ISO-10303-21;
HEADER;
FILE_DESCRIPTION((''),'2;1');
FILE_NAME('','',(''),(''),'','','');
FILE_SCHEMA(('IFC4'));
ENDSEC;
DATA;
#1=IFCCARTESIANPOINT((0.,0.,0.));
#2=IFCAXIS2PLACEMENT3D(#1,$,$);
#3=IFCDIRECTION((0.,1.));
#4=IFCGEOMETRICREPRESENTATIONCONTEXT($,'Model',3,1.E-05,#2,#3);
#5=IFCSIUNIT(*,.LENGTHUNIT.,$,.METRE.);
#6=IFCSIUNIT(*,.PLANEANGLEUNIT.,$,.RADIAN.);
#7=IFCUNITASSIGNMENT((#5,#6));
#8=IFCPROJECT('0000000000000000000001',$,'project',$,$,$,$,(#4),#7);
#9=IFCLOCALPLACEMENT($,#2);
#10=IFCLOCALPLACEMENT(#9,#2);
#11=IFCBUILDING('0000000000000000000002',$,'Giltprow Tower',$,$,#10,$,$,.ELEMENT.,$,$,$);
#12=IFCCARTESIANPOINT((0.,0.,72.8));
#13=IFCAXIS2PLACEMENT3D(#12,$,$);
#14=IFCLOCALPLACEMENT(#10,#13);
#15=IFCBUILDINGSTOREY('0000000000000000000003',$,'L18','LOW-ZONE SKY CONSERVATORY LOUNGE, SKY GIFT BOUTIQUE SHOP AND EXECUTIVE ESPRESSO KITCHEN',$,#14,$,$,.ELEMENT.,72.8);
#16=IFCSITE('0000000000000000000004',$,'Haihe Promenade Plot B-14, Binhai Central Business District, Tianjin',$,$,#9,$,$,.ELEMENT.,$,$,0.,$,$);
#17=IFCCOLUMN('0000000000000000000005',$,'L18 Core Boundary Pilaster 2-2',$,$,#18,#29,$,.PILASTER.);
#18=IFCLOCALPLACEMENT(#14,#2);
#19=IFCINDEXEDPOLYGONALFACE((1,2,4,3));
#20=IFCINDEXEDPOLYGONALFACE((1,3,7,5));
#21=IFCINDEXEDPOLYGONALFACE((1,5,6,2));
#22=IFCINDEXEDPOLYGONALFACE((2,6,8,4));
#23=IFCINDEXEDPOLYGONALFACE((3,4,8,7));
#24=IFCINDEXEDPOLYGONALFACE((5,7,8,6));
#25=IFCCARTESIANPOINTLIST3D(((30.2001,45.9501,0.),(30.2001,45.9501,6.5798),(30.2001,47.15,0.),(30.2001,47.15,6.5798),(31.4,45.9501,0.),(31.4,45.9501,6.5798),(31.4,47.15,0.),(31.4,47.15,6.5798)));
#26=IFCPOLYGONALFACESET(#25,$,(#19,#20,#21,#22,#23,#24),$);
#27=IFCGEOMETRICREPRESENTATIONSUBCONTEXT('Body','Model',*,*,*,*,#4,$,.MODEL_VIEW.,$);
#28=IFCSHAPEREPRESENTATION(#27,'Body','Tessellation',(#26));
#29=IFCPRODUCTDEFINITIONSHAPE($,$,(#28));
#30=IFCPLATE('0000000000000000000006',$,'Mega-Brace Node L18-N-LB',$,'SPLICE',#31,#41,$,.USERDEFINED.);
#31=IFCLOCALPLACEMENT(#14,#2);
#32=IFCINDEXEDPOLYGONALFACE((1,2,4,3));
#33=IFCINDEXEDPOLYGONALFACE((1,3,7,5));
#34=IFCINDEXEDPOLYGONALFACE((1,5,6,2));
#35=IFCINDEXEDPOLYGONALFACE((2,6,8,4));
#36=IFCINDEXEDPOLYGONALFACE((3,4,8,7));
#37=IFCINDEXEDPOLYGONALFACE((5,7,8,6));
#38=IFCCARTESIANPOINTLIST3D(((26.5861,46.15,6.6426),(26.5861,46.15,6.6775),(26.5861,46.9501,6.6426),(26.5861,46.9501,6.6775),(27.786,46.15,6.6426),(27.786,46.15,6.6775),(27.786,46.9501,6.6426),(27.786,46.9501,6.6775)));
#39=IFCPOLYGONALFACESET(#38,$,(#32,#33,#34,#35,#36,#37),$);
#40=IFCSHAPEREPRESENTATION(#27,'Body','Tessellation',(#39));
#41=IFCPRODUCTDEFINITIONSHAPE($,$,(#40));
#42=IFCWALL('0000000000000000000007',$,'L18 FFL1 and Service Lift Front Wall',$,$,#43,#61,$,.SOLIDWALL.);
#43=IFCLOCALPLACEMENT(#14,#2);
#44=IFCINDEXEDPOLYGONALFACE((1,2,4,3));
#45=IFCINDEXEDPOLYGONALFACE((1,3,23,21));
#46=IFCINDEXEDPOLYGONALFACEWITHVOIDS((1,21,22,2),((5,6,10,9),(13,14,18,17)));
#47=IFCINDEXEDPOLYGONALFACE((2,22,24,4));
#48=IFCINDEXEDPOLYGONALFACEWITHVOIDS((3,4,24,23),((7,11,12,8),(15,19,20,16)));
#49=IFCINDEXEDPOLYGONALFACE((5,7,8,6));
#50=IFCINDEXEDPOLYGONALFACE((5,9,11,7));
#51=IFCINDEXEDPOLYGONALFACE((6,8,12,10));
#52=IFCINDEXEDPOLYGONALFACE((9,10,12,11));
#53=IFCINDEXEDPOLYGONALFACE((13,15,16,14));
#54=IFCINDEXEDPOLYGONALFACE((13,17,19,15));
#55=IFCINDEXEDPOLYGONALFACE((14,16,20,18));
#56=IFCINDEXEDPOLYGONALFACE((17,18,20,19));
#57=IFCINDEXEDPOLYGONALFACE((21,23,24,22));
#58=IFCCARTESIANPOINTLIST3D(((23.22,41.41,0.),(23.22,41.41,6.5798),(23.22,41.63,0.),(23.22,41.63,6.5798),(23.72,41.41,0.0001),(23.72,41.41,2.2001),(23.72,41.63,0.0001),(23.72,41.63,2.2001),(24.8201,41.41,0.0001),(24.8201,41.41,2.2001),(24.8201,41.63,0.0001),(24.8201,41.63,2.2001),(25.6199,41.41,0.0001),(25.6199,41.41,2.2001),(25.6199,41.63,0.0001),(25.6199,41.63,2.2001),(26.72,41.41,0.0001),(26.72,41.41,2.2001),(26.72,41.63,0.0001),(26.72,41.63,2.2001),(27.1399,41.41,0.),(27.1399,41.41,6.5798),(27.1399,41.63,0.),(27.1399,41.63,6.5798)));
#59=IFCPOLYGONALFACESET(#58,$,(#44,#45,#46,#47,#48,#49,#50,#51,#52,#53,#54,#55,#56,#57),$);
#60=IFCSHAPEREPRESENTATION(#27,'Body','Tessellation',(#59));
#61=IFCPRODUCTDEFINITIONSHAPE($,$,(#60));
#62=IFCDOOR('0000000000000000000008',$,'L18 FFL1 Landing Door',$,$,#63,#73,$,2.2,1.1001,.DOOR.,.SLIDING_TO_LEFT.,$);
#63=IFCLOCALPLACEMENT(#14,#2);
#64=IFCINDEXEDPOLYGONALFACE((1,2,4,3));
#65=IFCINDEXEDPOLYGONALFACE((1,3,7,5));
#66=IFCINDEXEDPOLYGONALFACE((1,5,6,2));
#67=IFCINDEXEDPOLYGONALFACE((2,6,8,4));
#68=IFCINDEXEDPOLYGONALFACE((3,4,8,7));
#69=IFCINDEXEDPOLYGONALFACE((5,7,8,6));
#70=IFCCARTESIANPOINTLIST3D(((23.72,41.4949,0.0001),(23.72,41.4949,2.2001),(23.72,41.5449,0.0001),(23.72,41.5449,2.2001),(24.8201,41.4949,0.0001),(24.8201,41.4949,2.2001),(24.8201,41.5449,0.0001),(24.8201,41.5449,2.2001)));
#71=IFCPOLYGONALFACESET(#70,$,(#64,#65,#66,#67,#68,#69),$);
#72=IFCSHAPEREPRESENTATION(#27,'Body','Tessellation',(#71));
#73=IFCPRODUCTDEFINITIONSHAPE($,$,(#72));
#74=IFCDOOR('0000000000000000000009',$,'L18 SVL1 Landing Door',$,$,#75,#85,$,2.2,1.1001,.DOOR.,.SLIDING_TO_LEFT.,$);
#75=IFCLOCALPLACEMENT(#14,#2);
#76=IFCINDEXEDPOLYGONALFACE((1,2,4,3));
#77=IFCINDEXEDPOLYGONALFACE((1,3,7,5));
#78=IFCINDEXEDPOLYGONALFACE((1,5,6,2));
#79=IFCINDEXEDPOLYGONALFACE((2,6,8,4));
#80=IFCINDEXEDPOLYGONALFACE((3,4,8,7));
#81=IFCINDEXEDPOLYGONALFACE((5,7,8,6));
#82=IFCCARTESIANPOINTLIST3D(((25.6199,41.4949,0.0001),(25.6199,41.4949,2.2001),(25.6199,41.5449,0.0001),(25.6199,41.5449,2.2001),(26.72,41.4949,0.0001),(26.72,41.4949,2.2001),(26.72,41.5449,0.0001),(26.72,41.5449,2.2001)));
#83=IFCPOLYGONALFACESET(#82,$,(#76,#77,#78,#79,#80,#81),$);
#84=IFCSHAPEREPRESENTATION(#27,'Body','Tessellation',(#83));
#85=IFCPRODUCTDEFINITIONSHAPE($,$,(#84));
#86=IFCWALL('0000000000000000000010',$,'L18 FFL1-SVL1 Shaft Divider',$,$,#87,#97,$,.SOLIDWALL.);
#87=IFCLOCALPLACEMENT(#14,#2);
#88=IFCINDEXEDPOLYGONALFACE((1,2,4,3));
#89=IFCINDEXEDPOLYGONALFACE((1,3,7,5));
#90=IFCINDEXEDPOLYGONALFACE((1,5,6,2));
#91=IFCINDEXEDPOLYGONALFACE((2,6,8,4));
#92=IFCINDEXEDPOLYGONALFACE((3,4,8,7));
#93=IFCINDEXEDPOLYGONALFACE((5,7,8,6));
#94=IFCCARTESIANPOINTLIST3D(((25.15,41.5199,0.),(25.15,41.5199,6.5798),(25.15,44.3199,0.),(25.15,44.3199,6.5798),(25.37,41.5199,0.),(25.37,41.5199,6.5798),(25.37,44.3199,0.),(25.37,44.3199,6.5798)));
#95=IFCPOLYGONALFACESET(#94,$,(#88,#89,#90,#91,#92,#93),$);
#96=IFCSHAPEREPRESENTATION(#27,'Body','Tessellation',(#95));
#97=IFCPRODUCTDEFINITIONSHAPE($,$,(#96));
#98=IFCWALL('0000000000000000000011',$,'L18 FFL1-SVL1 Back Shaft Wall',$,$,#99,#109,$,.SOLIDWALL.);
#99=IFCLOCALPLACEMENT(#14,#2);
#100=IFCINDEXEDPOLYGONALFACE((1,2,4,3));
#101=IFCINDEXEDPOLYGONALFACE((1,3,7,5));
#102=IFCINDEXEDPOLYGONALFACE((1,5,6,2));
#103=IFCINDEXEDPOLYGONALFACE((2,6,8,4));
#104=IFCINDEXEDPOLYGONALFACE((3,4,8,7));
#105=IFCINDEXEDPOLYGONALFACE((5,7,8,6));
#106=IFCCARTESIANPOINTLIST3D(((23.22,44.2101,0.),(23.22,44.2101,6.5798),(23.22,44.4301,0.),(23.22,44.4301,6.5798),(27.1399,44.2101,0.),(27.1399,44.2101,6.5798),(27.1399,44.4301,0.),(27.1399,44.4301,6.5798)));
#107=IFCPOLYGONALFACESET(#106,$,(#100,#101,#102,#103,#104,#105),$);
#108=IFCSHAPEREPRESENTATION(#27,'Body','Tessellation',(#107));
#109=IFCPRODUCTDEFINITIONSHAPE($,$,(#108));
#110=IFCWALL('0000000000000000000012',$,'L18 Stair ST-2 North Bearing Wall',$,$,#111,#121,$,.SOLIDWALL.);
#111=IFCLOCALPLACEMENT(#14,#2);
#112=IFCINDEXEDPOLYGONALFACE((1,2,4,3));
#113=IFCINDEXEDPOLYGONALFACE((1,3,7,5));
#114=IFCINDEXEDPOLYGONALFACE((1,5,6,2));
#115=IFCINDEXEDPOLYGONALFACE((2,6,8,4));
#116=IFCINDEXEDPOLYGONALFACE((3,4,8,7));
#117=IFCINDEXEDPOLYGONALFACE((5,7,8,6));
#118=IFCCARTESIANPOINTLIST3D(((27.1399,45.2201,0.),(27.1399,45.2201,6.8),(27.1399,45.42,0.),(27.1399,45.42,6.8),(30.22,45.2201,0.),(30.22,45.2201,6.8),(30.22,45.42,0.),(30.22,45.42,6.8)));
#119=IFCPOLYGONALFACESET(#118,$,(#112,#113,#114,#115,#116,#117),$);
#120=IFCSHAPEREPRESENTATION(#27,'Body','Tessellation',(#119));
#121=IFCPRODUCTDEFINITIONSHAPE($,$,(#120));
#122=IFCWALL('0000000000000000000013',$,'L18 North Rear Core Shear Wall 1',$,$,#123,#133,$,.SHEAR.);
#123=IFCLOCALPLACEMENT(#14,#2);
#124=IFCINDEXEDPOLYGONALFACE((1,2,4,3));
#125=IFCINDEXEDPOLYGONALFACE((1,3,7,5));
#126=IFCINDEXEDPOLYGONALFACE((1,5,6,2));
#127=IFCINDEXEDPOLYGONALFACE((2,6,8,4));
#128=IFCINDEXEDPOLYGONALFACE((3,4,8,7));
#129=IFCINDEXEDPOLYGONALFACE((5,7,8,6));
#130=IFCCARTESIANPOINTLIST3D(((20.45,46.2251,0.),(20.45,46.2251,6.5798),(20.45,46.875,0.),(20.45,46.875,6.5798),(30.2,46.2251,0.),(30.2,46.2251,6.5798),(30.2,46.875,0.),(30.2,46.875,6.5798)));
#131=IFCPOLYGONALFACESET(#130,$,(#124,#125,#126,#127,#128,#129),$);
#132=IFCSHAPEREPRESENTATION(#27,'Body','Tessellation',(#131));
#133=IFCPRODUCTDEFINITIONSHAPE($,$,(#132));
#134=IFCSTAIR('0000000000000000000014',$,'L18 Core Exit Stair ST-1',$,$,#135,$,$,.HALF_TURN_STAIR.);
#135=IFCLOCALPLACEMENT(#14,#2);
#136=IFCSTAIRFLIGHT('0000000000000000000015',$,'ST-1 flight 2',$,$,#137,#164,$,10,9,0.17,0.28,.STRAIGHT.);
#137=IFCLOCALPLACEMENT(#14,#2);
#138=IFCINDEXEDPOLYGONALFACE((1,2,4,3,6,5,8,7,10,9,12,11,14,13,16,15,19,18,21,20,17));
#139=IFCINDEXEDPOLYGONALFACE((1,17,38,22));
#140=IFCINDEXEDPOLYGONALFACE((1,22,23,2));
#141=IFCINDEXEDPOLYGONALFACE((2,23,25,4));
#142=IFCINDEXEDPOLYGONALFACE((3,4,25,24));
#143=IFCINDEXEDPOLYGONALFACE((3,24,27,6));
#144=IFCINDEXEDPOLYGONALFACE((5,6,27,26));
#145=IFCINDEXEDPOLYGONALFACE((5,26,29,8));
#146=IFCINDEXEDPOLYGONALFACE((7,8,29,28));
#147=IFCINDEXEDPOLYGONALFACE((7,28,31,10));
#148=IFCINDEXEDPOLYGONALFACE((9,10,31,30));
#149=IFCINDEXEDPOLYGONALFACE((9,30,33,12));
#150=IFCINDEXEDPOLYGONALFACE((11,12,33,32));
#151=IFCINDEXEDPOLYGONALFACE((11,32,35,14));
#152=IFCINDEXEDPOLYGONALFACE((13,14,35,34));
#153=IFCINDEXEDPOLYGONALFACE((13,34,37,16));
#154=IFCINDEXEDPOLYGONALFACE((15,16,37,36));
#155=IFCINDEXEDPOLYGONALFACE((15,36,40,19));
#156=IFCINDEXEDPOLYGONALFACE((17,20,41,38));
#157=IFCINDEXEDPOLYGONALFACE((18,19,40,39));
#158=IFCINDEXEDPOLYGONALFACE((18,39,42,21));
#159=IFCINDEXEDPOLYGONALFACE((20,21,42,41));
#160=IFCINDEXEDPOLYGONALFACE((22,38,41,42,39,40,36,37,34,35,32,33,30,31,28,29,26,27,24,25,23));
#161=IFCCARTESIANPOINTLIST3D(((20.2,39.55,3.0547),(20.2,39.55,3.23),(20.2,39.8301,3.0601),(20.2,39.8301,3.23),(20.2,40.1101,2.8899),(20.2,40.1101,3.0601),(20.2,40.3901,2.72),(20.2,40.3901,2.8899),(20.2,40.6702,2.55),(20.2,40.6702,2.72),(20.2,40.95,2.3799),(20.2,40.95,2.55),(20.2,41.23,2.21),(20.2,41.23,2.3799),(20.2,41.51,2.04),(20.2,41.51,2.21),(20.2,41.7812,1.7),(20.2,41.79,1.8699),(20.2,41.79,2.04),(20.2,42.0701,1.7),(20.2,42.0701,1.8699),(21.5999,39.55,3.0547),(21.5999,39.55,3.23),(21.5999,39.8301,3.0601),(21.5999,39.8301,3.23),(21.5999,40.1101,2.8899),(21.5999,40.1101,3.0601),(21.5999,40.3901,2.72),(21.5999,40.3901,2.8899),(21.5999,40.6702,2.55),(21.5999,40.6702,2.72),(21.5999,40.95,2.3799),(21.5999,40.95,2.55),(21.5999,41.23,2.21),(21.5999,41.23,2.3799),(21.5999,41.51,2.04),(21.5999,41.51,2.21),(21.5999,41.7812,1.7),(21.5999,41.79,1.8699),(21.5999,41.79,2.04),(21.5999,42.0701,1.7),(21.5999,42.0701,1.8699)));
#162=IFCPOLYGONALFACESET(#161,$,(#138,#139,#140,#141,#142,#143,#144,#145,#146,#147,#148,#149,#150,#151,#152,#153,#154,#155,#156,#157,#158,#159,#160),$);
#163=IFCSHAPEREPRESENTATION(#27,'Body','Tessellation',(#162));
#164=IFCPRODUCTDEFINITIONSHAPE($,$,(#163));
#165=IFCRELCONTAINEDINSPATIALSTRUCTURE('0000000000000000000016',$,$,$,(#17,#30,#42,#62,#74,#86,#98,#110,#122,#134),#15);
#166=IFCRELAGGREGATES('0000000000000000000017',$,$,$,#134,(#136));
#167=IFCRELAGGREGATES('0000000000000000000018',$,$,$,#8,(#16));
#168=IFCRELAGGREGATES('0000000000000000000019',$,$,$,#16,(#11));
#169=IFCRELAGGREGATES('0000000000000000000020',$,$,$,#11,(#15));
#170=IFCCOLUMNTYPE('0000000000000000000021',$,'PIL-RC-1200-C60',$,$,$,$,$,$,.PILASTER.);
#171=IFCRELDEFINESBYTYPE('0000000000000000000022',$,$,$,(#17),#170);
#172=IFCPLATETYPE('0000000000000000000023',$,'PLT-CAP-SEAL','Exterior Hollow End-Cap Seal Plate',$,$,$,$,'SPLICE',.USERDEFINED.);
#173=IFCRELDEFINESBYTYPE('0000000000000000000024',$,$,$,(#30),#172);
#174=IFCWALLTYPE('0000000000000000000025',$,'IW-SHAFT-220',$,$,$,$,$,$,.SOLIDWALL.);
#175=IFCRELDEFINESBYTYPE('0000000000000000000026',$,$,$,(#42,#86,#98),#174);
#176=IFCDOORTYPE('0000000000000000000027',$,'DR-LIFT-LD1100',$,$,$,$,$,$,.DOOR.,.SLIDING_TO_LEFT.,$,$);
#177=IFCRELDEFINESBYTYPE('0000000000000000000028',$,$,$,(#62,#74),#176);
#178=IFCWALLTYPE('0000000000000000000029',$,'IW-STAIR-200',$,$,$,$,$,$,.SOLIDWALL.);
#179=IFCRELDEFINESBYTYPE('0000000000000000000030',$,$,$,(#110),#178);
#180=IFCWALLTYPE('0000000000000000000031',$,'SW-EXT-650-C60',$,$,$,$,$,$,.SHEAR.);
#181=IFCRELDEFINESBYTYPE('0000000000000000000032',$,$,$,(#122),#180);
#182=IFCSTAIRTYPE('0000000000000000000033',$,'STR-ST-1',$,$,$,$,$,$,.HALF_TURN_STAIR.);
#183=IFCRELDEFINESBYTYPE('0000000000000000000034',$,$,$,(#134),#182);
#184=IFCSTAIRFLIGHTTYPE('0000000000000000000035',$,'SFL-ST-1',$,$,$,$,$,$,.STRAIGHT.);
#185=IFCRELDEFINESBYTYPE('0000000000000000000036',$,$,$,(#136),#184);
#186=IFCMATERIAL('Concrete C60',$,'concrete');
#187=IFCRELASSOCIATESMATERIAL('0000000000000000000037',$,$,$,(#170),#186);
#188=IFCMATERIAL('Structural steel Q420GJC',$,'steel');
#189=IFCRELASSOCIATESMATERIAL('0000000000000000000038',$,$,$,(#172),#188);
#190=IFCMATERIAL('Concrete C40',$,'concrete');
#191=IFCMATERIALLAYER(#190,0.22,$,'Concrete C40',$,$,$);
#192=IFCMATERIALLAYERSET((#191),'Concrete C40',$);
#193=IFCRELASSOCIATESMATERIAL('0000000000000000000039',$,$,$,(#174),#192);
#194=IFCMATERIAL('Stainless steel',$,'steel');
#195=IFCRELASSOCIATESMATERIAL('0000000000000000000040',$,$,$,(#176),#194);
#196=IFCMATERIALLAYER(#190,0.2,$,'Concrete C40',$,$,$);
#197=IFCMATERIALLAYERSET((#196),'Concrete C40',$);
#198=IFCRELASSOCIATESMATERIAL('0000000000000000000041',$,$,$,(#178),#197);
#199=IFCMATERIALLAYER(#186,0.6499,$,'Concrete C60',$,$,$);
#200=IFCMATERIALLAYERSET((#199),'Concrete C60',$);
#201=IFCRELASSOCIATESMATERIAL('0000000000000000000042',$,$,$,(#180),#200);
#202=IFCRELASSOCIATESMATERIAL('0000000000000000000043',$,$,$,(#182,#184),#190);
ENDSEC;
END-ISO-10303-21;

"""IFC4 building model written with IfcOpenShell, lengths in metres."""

from ifc_helpers import new_model, si_unit, direction, frame, frame_2d, origin, origin_2d, place, context, subcontext, project, spatial, polyline, rectangle, outline, extrude, source, transform, mapped, material, layer, layer_set, material_profile, profile_set, type_object, element, fill, aggregate, save


model = new_model("IFC4")

# Units and contexts
model_context = context("Model", 3, precision=1e-05, world=origin(), true_north=direction((0.0, 1.0)))
body_context = subcontext(model_context, "Body", "Model", "MODEL_VIEW")
ifc_project = project(units=[si_unit("LENGTHUNIT", "METRE"), si_unit("PLANEANGLEUNIT", "RADIAN")], contexts=[model_context])

# Site, building, storey
site_placement = place(None, origin())
site = spatial("IfcSite", under=ifc_project, at=site_placement, Name="Haihe Promenade Plot B-14, Binhai Central Business District, Tianjin", CompositionType="ELEMENT", RefElevation=0.0)
building_placement = place(site_placement, origin())
building = spatial("IfcBuilding", under=site, at=building_placement, Name="Giltprow Tower", CompositionType="ELEMENT")
storey_placement = place(building_placement, frame((0.0, 0.0, 72.8)))
storey = spatial("IfcBuildingStorey", under=building, at=storey_placement, Name="L18", Description="LOW-ZONE SKY CONSERVATORY LOUNGE, SKY GIFT BOUTIQUE SHOP AND EXECUTIVE ESPRESSO KITCHEN", CompositionType="ELEMENT", Elevation=72.8)

# Column
ifc_material_1 = material(Name="Concrete C60", Category="concrete")
ifc_material_profile = material_profile(ifc_material_1, rectangle(XDim=1.2, YDim=1.2, at=origin_2d()), Name="RC 1200x1200")
ifc_profile_set = profile_set([ifc_material_profile], Name="Concrete C60")
column_type = type_object("IfcColumnType", Name="PIL-RC-1200-C60", PredefinedType="PILASTER", material=ifc_profile_set)
shared_shape_1 = source(origin(), body_context, "Body", "SweptSolid", [
    extrude(rectangle(XDim=1.2, YDim=1.2, at=origin_2d()), origin(), (0.0, 0.0, 1.0), 6.5798),
])
column_placement = place(storey_placement, frame((30.8, 46.55, 0.0), z_axis=(0.0, 0.0, 1.0), x_axis=(1.0, 0.0, 0.0)))
element("IfcColumn", 1, at=column_placement, inside=storey, type_object=column_type, Name="L18 Core Boundary Pilaster 2-2", PredefinedType="PILASTER", context=body_context, shape_type="MappedRepresentation", body=[
    mapped(shared_shape_1, transform((0.0, 0.0, 0.0), x_axis=(1.0, 0.0, 0.0), y_axis=(0.0, 1.0, 0.0), z_axis=(0.0, 0.0, 1.0), scale=1.0)),
])

# Plate
ifc_material_2 = material(Name="Structural steel Q420GJC", Category="steel")
plate_type = type_object("IfcPlateType", Name="PLT-CAP-SEAL", Description="Exterior Hollow End-Cap Seal Plate", ElementType="SPLICE", PredefinedType="USERDEFINED", material=ifc_material_2)
shared_shape_2 = source(origin(), body_context, "Body", "SweptSolid", [
    extrude(rectangle(XDim=1.2, YDim=0.8, at=origin_2d()), origin(), (0.0, 0.0, 1.0), 0.0349),
])
plate_placement = place(storey_placement, frame((27.186, 46.55, 6.6426), z_axis=(0.0, 0.0, 1.0), x_axis=(1.0, 0.0, 0.0)))
element("IfcPlate", 2, at=plate_placement, inside=storey, type_object=plate_type, Name="Mega-Brace Node L18-N-LB", ObjectType="SPLICE", PredefinedType="USERDEFINED", context=body_context, shape_type="MappedRepresentation", body=[
    mapped(shared_shape_2, transform((0.0, 0.0, 0.0), x_axis=(1.0, 0.0, 0.0), y_axis=(0.0, 1.0, 0.0), z_axis=(0.0, 0.0, 1.0), scale=1.0)),
])

# Wall, openings, doors
ifc_material_3 = material(Name="Concrete C40", Category="concrete")
ifc_layer_1 = layer(ifc_material_3, 0.22, Name="Concrete C40")
ifc_layer_set_1 = layer_set([ifc_layer_1], Name="Concrete C40")
wall_type_1 = type_object("IfcWallType", Name="IW-SHAFT-220", PredefinedType="SOLIDWALL", material=ifc_layer_set_1)
wall_1_placement = place(storey_placement, frame((23.22, 41.52, 0.0), z_axis=(0.0, 0.0, 1.0), x_axis=(1.0, 0.0, 0.0)))
wall_1 = element("IfcWall", 3, at=wall_1_placement, inside=storey, type_object=wall_type_1, Name="L18 FFL1 and Service Lift Front Wall", PredefinedType="SOLIDWALL", context=body_context, shape_type="SweptSolid", body=[
    extrude(rectangle(XDim=3.9199, YDim=0.22, at=frame_2d((1.96, 0.0))), origin(), (0.0, 0.0, 1.0), 6.5798),
])
opening_1_placement = place(wall_1_placement, frame((0.5, 0.0, 0.0)))
opening_1 = element("IfcOpeningElement", 4, at=opening_1_placement, cuts=wall_1, PredefinedType="OPENING", context=body_context, shape_type="SweptSolid", body=[
    extrude(rectangle(XDim=1.1001, YDim=2.2, at=frame_2d((0.55, 1.1001))), frame((0.0, 0.1199, 0.0), z_axis=(0.0, -1.0, 0.0), x_axis=(1.0, 0.0, 0.0)), (0.0, 0.0, 1.0), 0.24),
])
opening_2_placement = place(wall_1_placement, frame((2.3999, 0.0, 0.0)))
opening_2 = element("IfcOpeningElement", 5, at=opening_2_placement, cuts=wall_1, PredefinedType="OPENING", context=body_context, shape_type="SweptSolid", body=[
    extrude(rectangle(XDim=1.1001, YDim=2.2, at=frame_2d((0.55, 1.1001))), frame((0.0, 0.1199, 0.0), z_axis=(0.0, -1.0, 0.0), x_axis=(1.0, 0.0, 0.0)), (0.0, 0.0, 1.0), 0.24),
])
ifc_material_4 = material(Name="Stainless steel", Category="steel")
door_type = type_object("IfcDoorType", Name="DR-LIFT-LD1100", OperationType="SLIDING_TO_LEFT", PredefinedType="DOOR", material=ifc_material_4)
shared_shape_3 = source(origin(), body_context, "Body", "SweptSolid", [
    extrude(rectangle(XDim=1.1001, YDim=2.2, at=frame_2d((0.55, 1.1001))), frame((0.0, 0.0249, 0.0), z_axis=(0.0, -1.0, 0.0), x_axis=(1.0, 0.0, 0.0)), (0.0, 0.0, 1.0), 0.05),
])
door_1_placement = place(opening_1_placement, origin())
door_1 = element("IfcDoor", 6, at=door_1_placement, inside=storey, type_object=door_type, Name="L18 FFL1 Landing Door", OperationType="SLIDING_TO_LEFT", OverallHeight=2.2, OverallWidth=1.1001, PredefinedType="DOOR", context=body_context, shape_type="MappedRepresentation", body=[
    mapped(shared_shape_3, transform((0.0, 0.0, 0.0), x_axis=(1.0, 0.0, 0.0), y_axis=(0.0, 1.0, 0.0), z_axis=(0.0, 0.0, 1.0), scale=1.0)),
])
fill(opening_1, door_1)
door_2_placement = place(opening_2_placement, origin())
door_2 = element("IfcDoor", 7, at=door_2_placement, inside=storey, type_object=door_type, Name="L18 SVL1 Landing Door", OperationType="SLIDING_TO_LEFT", OverallHeight=2.2, OverallWidth=1.1001, PredefinedType="DOOR", context=body_context, shape_type="MappedRepresentation", body=[
    mapped(shared_shape_3, transform((0.0, 0.0, 0.0), x_axis=(1.0, 0.0, 0.0), y_axis=(0.0, 1.0, 0.0), z_axis=(0.0, 0.0, 1.0), scale=1.0)),
])
fill(opening_2, door_2)

# Walls
wall_2_placement = place(storey_placement, frame((25.26, 41.52, 0.0), z_axis=(0.0, 0.0, 1.0), x_axis=(0.0, 1.0, 0.0)))
element("IfcWall", 8, at=wall_2_placement, inside=storey, type_object=wall_type_1, Name="L18 FFL1-SVL1 Shaft Divider", PredefinedType="SOLIDWALL", context=body_context, shape_type="SweptSolid", body=[
    extrude(rectangle(XDim=2.8, YDim=0.22, at=frame_2d((1.3999, 0.0))), origin(), (0.0, 0.0, 1.0), 6.5798),
])
wall_3_placement = place(storey_placement, frame((23.22, 44.3201, 0.0), z_axis=(0.0, 0.0, 1.0), x_axis=(1.0, 0.0, 0.0)))
element("IfcWall", 9, at=wall_3_placement, inside=storey, type_object=wall_type_1, Name="L18 FFL1-SVL1 Back Shaft Wall", PredefinedType="SOLIDWALL", context=body_context, shape_type="SweptSolid", body=[
    extrude(rectangle(XDim=3.9199, YDim=0.22, at=frame_2d((1.96, 0.0))), origin(), (0.0, 0.0, 1.0), 6.5798),
])
ifc_layer_2 = layer(ifc_material_3, 0.2, Name="Concrete C40")
ifc_layer_set_2 = layer_set([ifc_layer_2], Name="Concrete C40")
wall_type_2 = type_object("IfcWallType", Name="IW-STAIR-200", PredefinedType="SOLIDWALL", material=ifc_layer_set_2)
wall_4_placement = place(storey_placement, frame((27.1399, 45.3201, 0.0), z_axis=(0.0, 0.0, 1.0), x_axis=(1.0, 0.0, 0.0)))
element("IfcWall", 10, at=wall_4_placement, inside=storey, type_object=wall_type_2, Name="L18 Stair ST-2 North Bearing Wall", PredefinedType="SOLIDWALL", context=body_context, shape_type="SweptSolid", body=[
    extrude(rectangle(XDim=3.0801, YDim=0.2, at=frame_2d((1.54, 0.0))), origin(), (0.0, 0.0, 1.0), 6.8),
])
ifc_layer_3 = layer(ifc_material_1, 0.6499, Name="Concrete C60")
ifc_layer_set_3 = layer_set([ifc_layer_3], Name="Concrete C60")
wall_type_3 = type_object("IfcWallType", Name="SW-EXT-650-C60", PredefinedType="SHEAR", material=ifc_layer_set_3)
wall_5_placement = place(storey_placement, frame((20.45, 46.55, 0.0), z_axis=(0.0, 0.0, 1.0), x_axis=(1.0, 0.0, 0.0)))
element("IfcWall", 11, at=wall_5_placement, inside=storey, type_object=wall_type_3, Name="L18 North Rear Core Shear Wall 1", PredefinedType="SHEAR", context=body_context, shape_type="SweptSolid", body=[
    extrude(rectangle(XDim=9.75, YDim=0.6499, at=frame_2d((4.875, 0.0))), origin(), (0.0, 0.0, 1.0), 6.5798),
])

# Stair, stair flight
stair_type_1 = type_object("IfcStairType", Name="STR-ST-1", PredefinedType="HALF_TURN_STAIR", material=ifc_material_3)
stair_1_placement = place(storey_placement, origin())
stair_1 = element("IfcStair", 12, at=stair_1_placement, inside=storey, type_object=stair_type_1, Name="L18 Core Exit Stair ST-1", PredefinedType="HALF_TURN_STAIR")
stair_flight_type_1 = type_object("IfcStairFlightType", Name="SFL-ST-1", PredefinedType="STRAIGHT", material=ifc_material_3)
stair_flight_1_placement = place(storey_placement, frame((20.8999, 42.0701, 1.7), z_axis=(0.0, 0.0, 1.0), x_axis=(0.0, -1.0, 0.0)))
stair_flight_1 = element("IfcStairFlight", 13, at=stair_flight_1_placement, type_object=stair_flight_type_1, Name="ST-1 flight 2", NumberOfRisers=10, NumberOfTreads=9, PredefinedType="STRAIGHT", RiserHeight=0.17, TreadLength=0.28, context=body_context, shape_type="SweptSolid", body=[
    extrude(outline(polyline([(0.0, 0.0), (0.0, 0.1699), (0.28, 0.1699), (0.28, 0.3401), (0.5601, 0.3401), (0.5601, 0.51), (0.8401, 0.51), (0.8401, 0.6799), (1.1201, 0.6799), (1.1201, 0.8501), (1.3999, 0.8501), (1.3999, 1.02), (1.6799, 1.02), (1.6799, 1.1899), (1.96, 1.1899), (1.96, 1.3601), (2.24, 1.3601), (2.24, 1.53), (2.52, 1.53), (2.52, 1.7), (2.52, 1.3547), (0.2888, 0.0), (0.0, 0.0)])), frame((0.0, 0.7, 0.0), z_axis=(0.0, -1.0, 0.0), x_axis=(1.0, 0.0, 0.0)), (0.0, 0.0, 1.0), 1.3999),
])
aggregate(stair_1, [stair_flight_1])

save(model, "model.ifc")
